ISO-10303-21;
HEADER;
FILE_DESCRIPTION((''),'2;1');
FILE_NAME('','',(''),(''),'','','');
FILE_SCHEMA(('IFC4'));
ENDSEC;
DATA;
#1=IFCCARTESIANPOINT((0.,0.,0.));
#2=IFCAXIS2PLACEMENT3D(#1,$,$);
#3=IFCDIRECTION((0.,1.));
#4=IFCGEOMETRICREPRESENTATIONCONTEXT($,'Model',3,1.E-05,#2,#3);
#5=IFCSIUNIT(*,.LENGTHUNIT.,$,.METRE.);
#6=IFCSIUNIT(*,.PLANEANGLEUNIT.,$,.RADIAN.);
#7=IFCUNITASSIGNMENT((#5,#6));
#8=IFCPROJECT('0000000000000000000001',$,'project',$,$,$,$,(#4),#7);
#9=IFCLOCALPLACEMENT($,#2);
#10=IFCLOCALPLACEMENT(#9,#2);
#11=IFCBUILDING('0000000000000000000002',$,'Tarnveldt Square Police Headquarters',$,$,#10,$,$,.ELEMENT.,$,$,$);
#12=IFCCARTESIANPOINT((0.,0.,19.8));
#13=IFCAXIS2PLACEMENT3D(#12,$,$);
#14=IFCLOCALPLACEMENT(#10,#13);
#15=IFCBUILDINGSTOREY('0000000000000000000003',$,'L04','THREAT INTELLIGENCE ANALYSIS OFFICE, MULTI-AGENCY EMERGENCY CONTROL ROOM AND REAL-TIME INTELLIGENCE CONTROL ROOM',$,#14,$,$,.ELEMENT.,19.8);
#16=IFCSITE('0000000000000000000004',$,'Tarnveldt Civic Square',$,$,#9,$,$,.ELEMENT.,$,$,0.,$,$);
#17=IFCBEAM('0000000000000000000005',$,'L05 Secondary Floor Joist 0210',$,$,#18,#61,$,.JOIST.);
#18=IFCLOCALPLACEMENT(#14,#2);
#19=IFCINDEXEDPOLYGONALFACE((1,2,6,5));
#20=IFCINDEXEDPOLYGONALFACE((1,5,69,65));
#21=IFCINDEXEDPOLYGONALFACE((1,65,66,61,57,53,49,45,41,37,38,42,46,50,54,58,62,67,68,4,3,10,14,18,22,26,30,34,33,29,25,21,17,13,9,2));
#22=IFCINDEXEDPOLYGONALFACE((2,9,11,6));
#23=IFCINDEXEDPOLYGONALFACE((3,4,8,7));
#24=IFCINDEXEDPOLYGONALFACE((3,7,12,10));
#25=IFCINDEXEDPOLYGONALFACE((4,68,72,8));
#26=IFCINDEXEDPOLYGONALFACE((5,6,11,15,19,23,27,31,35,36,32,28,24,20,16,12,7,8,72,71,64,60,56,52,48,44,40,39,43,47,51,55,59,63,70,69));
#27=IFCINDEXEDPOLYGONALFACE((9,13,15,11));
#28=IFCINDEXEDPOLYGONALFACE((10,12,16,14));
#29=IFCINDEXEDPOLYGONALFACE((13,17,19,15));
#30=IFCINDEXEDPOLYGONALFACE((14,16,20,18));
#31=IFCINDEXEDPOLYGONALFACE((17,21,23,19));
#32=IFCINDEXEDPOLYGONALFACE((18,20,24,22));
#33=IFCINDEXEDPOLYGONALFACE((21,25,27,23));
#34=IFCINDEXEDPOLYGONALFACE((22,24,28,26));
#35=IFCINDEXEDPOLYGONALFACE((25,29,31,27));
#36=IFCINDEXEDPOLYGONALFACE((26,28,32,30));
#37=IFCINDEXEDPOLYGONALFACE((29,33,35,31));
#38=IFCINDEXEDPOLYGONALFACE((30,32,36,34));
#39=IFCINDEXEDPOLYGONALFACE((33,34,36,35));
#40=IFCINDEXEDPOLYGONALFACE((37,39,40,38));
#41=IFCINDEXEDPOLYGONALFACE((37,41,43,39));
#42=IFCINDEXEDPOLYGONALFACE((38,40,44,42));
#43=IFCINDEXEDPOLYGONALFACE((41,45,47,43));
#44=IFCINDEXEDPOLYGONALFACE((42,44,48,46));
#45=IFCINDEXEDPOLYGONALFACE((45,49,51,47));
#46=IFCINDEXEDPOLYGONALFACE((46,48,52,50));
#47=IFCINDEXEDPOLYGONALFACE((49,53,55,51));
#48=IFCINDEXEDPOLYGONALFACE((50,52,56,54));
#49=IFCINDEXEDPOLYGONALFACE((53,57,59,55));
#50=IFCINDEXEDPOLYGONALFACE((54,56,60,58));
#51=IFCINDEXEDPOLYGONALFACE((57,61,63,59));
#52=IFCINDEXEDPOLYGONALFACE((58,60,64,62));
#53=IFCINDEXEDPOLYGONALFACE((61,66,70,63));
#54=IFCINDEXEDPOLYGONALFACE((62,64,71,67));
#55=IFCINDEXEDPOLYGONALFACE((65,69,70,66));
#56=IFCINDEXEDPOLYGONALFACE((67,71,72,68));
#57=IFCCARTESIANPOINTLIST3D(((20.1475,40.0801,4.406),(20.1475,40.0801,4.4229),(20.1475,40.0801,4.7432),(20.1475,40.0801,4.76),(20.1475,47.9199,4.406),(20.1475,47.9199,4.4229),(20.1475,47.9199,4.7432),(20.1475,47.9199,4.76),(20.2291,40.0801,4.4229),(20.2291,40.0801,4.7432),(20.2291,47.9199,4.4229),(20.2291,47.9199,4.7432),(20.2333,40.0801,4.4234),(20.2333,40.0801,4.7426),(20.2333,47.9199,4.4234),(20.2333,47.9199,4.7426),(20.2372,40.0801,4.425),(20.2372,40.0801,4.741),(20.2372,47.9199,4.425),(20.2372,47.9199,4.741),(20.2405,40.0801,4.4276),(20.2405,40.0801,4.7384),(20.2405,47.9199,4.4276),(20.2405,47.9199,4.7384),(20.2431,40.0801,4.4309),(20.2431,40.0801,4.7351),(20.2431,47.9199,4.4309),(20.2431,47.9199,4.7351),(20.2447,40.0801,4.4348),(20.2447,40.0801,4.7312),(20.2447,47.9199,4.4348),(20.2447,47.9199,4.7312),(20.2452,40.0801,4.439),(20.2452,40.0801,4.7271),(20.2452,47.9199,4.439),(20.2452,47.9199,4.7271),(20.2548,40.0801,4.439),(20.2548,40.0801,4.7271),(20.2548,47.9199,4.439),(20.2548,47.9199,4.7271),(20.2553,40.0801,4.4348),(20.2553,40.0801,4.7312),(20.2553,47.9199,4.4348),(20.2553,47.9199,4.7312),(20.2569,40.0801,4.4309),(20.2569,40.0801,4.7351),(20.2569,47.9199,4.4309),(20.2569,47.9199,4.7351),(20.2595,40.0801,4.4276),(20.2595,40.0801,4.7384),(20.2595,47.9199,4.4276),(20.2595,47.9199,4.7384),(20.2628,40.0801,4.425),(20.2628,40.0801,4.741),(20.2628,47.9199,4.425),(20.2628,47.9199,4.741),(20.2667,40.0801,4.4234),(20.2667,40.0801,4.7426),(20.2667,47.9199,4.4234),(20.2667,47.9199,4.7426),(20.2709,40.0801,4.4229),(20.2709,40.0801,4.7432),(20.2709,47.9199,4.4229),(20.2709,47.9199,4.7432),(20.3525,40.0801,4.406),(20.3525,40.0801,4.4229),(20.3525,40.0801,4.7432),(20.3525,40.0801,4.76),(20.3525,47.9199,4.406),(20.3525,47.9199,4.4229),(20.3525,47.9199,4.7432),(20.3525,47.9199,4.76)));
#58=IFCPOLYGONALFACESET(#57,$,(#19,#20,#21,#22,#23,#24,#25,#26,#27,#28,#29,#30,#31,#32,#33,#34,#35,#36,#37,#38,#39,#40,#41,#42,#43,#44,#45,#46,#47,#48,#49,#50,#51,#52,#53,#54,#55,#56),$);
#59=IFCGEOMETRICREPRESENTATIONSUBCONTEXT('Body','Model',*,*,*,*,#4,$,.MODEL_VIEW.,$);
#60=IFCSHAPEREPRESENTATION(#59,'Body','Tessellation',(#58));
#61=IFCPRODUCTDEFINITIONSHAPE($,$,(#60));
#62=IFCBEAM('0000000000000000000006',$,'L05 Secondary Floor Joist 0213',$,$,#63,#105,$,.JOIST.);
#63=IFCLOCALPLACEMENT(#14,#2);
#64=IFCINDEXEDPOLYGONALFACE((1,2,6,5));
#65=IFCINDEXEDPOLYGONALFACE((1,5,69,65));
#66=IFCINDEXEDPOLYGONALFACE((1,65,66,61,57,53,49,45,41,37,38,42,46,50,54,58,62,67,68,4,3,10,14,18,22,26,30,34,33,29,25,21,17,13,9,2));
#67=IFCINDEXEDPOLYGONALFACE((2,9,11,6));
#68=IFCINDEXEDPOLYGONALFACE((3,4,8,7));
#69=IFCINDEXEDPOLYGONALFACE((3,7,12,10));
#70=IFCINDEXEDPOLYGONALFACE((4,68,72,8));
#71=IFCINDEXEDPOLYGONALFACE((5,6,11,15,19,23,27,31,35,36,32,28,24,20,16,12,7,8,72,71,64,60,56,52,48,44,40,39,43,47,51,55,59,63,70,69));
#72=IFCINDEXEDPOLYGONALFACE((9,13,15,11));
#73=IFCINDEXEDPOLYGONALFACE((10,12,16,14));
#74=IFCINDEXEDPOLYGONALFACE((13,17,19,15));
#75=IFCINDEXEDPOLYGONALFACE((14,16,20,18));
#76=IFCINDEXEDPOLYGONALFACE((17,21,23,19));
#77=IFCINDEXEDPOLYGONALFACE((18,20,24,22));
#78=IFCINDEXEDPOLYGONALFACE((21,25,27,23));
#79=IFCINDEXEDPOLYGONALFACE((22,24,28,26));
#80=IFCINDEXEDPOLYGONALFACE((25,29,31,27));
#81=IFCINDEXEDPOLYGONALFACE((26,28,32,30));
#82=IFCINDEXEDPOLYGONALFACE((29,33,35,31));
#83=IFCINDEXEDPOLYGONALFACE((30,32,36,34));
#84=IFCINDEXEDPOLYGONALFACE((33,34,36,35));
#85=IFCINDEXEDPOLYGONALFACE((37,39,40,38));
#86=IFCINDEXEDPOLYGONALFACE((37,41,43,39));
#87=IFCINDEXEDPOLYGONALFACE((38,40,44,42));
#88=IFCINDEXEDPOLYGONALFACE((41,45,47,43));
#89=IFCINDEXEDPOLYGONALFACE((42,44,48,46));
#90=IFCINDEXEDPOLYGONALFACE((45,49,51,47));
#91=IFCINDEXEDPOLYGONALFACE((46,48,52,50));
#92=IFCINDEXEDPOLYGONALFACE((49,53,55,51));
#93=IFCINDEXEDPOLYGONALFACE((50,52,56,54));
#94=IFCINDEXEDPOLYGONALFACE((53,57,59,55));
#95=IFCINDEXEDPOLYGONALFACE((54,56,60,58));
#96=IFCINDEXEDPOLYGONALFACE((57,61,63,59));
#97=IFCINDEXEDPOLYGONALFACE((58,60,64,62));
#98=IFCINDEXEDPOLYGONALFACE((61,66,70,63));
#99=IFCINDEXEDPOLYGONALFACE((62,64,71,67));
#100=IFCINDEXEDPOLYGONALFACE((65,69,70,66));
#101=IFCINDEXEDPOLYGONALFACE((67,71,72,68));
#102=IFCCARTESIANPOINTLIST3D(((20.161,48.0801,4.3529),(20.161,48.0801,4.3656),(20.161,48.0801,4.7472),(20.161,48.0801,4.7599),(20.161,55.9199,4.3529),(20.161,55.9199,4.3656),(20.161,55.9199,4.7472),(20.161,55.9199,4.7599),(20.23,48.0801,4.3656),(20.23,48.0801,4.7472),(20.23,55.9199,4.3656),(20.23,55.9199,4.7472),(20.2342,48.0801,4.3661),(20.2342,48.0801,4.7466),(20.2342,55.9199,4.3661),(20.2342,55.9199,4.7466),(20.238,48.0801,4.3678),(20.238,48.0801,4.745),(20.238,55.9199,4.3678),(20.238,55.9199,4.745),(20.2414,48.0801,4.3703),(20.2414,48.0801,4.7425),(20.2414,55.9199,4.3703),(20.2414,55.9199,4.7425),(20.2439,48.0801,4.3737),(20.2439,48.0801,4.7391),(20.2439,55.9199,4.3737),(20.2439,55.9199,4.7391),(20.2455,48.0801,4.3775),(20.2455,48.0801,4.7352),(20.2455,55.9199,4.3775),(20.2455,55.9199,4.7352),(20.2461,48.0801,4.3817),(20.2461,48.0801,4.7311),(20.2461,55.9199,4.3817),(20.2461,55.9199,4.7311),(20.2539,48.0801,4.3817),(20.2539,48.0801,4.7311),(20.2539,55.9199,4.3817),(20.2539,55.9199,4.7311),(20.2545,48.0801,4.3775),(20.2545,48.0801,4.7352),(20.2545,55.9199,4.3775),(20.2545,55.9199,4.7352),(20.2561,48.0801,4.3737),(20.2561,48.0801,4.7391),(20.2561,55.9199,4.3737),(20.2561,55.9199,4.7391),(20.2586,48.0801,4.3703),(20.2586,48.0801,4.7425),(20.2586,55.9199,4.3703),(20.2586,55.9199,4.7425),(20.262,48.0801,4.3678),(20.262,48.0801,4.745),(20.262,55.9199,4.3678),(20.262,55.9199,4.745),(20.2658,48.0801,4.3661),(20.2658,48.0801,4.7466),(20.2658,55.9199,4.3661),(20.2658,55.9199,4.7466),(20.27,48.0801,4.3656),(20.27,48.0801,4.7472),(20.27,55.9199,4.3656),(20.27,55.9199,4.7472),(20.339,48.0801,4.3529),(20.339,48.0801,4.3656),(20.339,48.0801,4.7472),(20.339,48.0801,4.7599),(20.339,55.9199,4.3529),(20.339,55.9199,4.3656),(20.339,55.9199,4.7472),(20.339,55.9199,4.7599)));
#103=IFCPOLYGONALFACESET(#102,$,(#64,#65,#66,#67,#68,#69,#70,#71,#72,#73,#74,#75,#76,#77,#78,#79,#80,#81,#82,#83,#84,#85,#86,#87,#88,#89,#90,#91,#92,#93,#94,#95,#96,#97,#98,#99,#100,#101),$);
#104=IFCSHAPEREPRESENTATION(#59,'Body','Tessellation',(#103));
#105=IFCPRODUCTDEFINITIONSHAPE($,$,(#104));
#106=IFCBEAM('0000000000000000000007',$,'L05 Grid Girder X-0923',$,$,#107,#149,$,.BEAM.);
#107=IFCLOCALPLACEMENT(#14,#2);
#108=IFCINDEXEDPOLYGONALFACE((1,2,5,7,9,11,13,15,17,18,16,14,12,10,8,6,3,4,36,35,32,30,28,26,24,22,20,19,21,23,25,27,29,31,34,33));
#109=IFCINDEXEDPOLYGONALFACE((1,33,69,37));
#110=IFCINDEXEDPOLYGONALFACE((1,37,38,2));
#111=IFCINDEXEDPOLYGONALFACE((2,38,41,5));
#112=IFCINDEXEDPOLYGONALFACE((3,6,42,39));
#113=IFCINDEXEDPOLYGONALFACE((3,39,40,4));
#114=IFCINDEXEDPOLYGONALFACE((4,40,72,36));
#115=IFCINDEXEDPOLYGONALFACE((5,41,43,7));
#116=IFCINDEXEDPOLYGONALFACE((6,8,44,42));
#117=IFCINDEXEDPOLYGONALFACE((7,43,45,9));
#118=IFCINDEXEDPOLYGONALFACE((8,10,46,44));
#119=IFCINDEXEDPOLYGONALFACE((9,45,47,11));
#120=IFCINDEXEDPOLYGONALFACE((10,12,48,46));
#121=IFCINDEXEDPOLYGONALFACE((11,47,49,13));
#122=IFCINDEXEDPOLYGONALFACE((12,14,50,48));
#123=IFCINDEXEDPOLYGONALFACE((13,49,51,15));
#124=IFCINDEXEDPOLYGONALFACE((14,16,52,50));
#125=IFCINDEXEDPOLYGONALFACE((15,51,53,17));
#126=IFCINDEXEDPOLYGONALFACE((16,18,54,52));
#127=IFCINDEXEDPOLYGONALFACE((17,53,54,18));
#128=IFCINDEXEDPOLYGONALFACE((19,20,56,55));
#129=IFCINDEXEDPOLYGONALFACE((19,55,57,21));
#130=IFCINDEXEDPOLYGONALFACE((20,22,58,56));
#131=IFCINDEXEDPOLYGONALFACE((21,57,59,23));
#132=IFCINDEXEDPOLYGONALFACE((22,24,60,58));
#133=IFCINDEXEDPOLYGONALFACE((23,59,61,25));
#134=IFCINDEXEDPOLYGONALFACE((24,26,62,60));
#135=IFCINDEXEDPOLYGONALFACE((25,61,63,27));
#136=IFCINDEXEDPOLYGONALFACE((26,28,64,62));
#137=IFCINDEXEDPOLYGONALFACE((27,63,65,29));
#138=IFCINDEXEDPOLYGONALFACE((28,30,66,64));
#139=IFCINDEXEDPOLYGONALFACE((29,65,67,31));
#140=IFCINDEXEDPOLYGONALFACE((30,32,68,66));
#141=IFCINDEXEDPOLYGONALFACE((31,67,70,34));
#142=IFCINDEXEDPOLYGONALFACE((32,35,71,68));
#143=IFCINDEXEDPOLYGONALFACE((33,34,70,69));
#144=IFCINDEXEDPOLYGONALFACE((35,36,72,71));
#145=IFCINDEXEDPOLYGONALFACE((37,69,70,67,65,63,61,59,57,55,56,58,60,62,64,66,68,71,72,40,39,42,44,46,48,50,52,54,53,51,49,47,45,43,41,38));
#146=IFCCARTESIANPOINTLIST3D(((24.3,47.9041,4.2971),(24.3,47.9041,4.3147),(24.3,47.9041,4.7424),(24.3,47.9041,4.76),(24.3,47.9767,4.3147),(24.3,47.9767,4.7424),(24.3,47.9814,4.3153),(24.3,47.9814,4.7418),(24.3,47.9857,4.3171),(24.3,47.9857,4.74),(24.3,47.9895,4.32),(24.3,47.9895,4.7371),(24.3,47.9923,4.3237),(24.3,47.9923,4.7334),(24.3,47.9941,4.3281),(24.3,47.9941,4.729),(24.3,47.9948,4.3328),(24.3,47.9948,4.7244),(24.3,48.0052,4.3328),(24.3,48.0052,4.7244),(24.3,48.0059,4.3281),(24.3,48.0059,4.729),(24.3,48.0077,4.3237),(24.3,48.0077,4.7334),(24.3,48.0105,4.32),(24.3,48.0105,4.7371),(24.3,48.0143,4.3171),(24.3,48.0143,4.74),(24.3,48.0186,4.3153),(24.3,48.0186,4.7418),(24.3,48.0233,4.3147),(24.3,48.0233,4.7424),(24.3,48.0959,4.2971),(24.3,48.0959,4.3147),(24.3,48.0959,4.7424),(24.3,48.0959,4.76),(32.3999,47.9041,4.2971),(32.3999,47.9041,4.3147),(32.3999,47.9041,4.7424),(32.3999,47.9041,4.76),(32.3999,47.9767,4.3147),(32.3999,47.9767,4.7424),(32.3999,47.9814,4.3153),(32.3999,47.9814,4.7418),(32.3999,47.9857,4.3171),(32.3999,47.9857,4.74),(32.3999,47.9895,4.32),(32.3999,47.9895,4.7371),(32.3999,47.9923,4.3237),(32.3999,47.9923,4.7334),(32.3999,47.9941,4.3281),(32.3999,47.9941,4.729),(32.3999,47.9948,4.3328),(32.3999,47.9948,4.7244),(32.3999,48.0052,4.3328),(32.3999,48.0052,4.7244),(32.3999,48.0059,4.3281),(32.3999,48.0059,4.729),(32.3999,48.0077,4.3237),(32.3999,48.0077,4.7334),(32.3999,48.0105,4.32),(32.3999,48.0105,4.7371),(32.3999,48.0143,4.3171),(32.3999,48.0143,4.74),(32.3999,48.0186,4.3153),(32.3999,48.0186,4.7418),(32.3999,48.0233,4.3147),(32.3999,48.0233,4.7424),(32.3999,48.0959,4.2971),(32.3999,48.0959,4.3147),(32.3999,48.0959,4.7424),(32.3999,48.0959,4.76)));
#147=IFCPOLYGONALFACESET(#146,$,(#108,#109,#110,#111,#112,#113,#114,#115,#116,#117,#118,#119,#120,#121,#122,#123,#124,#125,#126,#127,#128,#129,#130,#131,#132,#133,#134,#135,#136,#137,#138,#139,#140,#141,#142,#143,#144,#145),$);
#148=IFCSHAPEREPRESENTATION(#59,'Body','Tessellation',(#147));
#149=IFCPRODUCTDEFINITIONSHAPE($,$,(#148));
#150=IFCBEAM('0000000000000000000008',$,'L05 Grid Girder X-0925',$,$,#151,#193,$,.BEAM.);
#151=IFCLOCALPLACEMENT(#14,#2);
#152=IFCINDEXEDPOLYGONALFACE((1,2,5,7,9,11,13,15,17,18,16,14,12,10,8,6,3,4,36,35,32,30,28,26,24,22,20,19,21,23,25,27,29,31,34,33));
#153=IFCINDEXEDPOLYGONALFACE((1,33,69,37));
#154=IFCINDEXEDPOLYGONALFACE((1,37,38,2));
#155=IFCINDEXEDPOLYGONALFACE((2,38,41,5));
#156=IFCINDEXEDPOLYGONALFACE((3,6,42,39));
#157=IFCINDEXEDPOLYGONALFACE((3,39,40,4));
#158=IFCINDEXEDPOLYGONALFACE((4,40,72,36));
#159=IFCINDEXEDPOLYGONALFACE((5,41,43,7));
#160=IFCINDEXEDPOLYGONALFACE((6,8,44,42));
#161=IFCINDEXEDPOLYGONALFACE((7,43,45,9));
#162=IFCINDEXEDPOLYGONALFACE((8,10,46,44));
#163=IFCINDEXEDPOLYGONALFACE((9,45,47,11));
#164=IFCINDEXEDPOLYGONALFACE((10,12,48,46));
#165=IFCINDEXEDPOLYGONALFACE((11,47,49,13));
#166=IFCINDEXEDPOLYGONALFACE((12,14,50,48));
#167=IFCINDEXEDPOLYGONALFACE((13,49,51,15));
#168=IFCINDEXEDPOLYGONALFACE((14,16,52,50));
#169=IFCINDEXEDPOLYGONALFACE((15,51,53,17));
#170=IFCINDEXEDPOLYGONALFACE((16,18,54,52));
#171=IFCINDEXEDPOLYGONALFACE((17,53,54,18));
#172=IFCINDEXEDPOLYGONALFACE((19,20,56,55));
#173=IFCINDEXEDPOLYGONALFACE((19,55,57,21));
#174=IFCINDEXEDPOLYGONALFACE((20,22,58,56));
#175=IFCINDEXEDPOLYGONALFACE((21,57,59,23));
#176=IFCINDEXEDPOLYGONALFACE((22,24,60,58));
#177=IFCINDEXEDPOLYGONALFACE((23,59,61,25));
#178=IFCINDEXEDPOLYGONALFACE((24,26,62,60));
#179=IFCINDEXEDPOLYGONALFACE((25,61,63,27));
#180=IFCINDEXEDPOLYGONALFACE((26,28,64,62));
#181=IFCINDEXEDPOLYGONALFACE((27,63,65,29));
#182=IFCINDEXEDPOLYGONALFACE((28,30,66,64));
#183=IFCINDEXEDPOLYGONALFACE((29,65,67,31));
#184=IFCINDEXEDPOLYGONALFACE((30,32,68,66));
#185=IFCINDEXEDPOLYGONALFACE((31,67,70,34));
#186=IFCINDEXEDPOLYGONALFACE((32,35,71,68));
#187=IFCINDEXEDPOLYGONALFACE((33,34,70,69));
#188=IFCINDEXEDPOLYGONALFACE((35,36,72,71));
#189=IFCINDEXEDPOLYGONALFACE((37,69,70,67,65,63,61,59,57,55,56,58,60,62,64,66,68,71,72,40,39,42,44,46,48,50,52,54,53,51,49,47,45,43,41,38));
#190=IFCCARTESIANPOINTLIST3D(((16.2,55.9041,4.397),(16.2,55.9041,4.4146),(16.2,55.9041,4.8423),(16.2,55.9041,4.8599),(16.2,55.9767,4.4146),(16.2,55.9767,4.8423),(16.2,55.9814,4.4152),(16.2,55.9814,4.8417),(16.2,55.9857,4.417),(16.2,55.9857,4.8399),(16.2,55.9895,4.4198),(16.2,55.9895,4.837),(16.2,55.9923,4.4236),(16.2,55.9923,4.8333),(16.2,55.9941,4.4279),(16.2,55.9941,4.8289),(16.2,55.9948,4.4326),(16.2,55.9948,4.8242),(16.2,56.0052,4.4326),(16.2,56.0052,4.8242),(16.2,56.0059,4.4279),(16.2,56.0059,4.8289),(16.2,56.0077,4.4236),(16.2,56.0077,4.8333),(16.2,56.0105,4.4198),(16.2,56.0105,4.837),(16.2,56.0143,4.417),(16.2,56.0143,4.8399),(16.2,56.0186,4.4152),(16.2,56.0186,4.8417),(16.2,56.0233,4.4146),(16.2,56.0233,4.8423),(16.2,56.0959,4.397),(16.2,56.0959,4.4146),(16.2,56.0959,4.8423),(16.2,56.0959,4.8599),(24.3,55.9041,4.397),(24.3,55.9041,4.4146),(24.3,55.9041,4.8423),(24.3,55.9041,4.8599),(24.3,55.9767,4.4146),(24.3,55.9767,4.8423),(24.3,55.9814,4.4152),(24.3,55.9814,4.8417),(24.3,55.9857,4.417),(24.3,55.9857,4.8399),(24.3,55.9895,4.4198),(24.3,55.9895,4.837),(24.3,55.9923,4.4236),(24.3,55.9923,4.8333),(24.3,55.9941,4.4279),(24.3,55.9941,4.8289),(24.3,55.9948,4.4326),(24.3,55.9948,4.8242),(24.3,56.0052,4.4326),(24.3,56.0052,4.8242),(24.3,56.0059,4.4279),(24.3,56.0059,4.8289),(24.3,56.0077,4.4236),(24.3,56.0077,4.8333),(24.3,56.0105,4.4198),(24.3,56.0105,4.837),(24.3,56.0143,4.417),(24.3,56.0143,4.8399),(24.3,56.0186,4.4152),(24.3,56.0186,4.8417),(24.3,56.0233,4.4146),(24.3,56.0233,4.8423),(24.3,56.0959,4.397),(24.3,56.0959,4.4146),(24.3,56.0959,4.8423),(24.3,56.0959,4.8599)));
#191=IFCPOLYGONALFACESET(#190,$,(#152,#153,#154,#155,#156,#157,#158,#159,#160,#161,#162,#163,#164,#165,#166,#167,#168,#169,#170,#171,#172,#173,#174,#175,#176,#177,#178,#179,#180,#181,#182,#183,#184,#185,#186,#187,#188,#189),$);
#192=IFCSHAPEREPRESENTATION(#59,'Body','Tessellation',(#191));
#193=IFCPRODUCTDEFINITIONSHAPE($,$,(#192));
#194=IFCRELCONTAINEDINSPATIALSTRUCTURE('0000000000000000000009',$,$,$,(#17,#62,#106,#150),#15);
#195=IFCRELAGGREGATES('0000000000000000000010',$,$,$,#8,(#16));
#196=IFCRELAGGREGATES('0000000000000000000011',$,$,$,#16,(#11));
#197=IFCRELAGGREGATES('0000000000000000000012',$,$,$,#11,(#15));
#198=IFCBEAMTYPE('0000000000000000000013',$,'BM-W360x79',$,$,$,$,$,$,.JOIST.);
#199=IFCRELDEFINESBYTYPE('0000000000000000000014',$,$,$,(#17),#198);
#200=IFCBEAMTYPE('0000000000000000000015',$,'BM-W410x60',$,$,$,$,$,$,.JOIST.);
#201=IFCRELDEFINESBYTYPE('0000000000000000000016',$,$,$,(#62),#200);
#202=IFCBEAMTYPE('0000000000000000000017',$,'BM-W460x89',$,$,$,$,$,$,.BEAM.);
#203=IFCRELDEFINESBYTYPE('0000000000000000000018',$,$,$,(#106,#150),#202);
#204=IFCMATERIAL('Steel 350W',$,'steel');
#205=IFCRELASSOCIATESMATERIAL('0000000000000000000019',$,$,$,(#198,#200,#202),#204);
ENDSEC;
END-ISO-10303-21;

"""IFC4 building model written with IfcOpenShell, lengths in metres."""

from ifc_helpers import new_model, si_unit, direction, frame, origin, origin_2d, place, context, subcontext, project, spatial, i_section, extrude, material, material_profile, profile_set, type_object, element, save


model = new_model("IFC4")

# Units and contexts
model_context = context("Model", 3, precision=1e-05, world=origin(), true_north=direction((0.0, 1.0)))
body_context = subcontext(model_context, "Body", "Model", "MODEL_VIEW")
ifc_project = project(units=[si_unit("LENGTHUNIT", "METRE"), si_unit("PLANEANGLEUNIT", "RADIAN")], contexts=[model_context])

# Site, building, storey
site_placement = place(None, origin())
site = spatial("IfcSite", under=ifc_project, at=site_placement, Name="Tarnveldt Civic Square", CompositionType="ELEMENT", RefElevation=0.0)
building_placement = place(site_placement, origin())
building = spatial("IfcBuilding", under=site, at=building_placement, Name="Tarnveldt Square Police Headquarters", CompositionType="ELEMENT")
storey_placement = place(building_placement, frame((0.0, 0.0, 19.8)))
storey = spatial("IfcBuildingStorey", under=building, at=storey_placement, Name="L04", Description="THREAT INTELLIGENCE ANALYSIS OFFICE, MULTI-AGENCY EMERGENCY CONTROL ROOM AND REAL-TIME INTELLIGENCE CONTROL ROOM", CompositionType="ELEMENT", Elevation=19.8)

# Shared definitions
ifc_material_1 = material(Name="Steel 350W", Category="steel")

# Beams
ifc_material_profile_1 = material_profile(ifc_material_1, i_section(OverallWidth=0.2051, OverallDepth=0.354, WebThickness=0.0095, FlangeThickness=0.0168, FilletRadius=0.0161, at=origin_2d()), Name="W360x79")
ifc_profile_set_1 = profile_set([ifc_material_profile_1], Name="Steel 350W")
beam_type_1 = type_object("IfcBeamType", Name="BM-W360x79", PredefinedType="JOIST", material=ifc_profile_set_1)
beam_1_placement = place(storey_placement, frame((20.25, 40.0801, 4.583), z_axis=(0.0, 1.0, 0.0), x_axis=(-1.0, 0.0, 0.0)))
element("IfcBeam", 1, at=beam_1_placement, inside=storey, type_object=beam_type_1, Name="L05 Secondary Floor Joist 0210", PredefinedType="JOIST", context=body_context, shape_type="SweptSolid", body=[
    extrude(i_section(OverallWidth=0.2051, OverallDepth=0.354, WebThickness=0.0095, FlangeThickness=0.0168, FilletRadius=0.0161, at=origin_2d()), origin(), (0.0, 0.0, 1.0), 7.8398),
])
ifc_material_profile_2 = material_profile(ifc_material_1, i_section(OverallWidth=0.178, OverallDepth=0.407, WebThickness=0.0078, FlangeThickness=0.0127, FilletRadius=0.0161, at=origin_2d()), Name="W410x60")
ifc_profile_set_2 = profile_set([ifc_material_profile_2], Name="Steel 350W")
beam_type_2 = type_object("IfcBeamType", Name="BM-W410x60", PredefinedType="JOIST", material=ifc_profile_set_2)
beam_2_placement = place(storey_placement, frame((20.25, 48.0801, 4.5564), z_axis=(0.0, 1.0, 0.0), x_axis=(-1.0, 0.0, 0.0)))
element("IfcBeam", 2, at=beam_2_placement, inside=storey, type_object=beam_type_2, Name="L05 Secondary Floor Joist 0213", PredefinedType="JOIST", context=body_context, shape_type="SweptSolid", body=[
    extrude(i_section(OverallWidth=0.178, OverallDepth=0.407, WebThickness=0.0078, FlangeThickness=0.0127, FilletRadius=0.0161, at=origin_2d()), origin(), (0.0, 0.0, 1.0), 7.8398),
])
ifc_material_profile_3 = material_profile(ifc_material_1, i_section(OverallWidth=0.1919, OverallDepth=0.4629, WebThickness=0.0105, FlangeThickness=0.0176, FilletRadius=0.0181, at=origin_2d()), Name="W460x89")
ifc_profile_set_3 = profile_set([ifc_material_profile_3], Name="Steel 350W")
beam_type_3 = type_object("IfcBeamType", Name="BM-W460x89", PredefinedType="BEAM", material=ifc_profile_set_3)
beam_3_placement = place(storey_placement, frame((24.3, 48.0, 4.5286), z_axis=(1.0, 0.0, 0.0), x_axis=(0.0, 1.0, 0.0)))
element("IfcBeam", 3, at=beam_3_placement, inside=storey, type_object=beam_type_3, Name="L05 Grid Girder X-0923", PredefinedType="BEAM", context=body_context, shape_type="SweptSolid", body=[
    extrude(i_section(OverallWidth=0.1919, OverallDepth=0.4629, WebThickness=0.0105, FlangeThickness=0.0176, FilletRadius=0.0181, at=origin_2d()), origin(), (0.0, 0.0, 1.0), 8.0999),
])
beam_4_placement = place(storey_placement, frame((16.2, 56.0, 4.6284), z_axis=(1.0, 0.0, 0.0), x_axis=(0.0, 1.0, 0.0)))
element("IfcBeam", 4, at=beam_4_placement, inside=storey, type_object=beam_type_3, Name="L05 Grid Girder X-0925", PredefinedType="BEAM", context=body_context, shape_type="SweptSolid", body=[
    extrude(i_section(OverallWidth=0.1919, OverallDepth=0.4629, WebThickness=0.0105, FlangeThickness=0.0176, FilletRadius=0.0181, at=origin_2d()), origin(), (0.0, 0.0, 1.0), 8.1001),
])

save(model, "model.ifc")
